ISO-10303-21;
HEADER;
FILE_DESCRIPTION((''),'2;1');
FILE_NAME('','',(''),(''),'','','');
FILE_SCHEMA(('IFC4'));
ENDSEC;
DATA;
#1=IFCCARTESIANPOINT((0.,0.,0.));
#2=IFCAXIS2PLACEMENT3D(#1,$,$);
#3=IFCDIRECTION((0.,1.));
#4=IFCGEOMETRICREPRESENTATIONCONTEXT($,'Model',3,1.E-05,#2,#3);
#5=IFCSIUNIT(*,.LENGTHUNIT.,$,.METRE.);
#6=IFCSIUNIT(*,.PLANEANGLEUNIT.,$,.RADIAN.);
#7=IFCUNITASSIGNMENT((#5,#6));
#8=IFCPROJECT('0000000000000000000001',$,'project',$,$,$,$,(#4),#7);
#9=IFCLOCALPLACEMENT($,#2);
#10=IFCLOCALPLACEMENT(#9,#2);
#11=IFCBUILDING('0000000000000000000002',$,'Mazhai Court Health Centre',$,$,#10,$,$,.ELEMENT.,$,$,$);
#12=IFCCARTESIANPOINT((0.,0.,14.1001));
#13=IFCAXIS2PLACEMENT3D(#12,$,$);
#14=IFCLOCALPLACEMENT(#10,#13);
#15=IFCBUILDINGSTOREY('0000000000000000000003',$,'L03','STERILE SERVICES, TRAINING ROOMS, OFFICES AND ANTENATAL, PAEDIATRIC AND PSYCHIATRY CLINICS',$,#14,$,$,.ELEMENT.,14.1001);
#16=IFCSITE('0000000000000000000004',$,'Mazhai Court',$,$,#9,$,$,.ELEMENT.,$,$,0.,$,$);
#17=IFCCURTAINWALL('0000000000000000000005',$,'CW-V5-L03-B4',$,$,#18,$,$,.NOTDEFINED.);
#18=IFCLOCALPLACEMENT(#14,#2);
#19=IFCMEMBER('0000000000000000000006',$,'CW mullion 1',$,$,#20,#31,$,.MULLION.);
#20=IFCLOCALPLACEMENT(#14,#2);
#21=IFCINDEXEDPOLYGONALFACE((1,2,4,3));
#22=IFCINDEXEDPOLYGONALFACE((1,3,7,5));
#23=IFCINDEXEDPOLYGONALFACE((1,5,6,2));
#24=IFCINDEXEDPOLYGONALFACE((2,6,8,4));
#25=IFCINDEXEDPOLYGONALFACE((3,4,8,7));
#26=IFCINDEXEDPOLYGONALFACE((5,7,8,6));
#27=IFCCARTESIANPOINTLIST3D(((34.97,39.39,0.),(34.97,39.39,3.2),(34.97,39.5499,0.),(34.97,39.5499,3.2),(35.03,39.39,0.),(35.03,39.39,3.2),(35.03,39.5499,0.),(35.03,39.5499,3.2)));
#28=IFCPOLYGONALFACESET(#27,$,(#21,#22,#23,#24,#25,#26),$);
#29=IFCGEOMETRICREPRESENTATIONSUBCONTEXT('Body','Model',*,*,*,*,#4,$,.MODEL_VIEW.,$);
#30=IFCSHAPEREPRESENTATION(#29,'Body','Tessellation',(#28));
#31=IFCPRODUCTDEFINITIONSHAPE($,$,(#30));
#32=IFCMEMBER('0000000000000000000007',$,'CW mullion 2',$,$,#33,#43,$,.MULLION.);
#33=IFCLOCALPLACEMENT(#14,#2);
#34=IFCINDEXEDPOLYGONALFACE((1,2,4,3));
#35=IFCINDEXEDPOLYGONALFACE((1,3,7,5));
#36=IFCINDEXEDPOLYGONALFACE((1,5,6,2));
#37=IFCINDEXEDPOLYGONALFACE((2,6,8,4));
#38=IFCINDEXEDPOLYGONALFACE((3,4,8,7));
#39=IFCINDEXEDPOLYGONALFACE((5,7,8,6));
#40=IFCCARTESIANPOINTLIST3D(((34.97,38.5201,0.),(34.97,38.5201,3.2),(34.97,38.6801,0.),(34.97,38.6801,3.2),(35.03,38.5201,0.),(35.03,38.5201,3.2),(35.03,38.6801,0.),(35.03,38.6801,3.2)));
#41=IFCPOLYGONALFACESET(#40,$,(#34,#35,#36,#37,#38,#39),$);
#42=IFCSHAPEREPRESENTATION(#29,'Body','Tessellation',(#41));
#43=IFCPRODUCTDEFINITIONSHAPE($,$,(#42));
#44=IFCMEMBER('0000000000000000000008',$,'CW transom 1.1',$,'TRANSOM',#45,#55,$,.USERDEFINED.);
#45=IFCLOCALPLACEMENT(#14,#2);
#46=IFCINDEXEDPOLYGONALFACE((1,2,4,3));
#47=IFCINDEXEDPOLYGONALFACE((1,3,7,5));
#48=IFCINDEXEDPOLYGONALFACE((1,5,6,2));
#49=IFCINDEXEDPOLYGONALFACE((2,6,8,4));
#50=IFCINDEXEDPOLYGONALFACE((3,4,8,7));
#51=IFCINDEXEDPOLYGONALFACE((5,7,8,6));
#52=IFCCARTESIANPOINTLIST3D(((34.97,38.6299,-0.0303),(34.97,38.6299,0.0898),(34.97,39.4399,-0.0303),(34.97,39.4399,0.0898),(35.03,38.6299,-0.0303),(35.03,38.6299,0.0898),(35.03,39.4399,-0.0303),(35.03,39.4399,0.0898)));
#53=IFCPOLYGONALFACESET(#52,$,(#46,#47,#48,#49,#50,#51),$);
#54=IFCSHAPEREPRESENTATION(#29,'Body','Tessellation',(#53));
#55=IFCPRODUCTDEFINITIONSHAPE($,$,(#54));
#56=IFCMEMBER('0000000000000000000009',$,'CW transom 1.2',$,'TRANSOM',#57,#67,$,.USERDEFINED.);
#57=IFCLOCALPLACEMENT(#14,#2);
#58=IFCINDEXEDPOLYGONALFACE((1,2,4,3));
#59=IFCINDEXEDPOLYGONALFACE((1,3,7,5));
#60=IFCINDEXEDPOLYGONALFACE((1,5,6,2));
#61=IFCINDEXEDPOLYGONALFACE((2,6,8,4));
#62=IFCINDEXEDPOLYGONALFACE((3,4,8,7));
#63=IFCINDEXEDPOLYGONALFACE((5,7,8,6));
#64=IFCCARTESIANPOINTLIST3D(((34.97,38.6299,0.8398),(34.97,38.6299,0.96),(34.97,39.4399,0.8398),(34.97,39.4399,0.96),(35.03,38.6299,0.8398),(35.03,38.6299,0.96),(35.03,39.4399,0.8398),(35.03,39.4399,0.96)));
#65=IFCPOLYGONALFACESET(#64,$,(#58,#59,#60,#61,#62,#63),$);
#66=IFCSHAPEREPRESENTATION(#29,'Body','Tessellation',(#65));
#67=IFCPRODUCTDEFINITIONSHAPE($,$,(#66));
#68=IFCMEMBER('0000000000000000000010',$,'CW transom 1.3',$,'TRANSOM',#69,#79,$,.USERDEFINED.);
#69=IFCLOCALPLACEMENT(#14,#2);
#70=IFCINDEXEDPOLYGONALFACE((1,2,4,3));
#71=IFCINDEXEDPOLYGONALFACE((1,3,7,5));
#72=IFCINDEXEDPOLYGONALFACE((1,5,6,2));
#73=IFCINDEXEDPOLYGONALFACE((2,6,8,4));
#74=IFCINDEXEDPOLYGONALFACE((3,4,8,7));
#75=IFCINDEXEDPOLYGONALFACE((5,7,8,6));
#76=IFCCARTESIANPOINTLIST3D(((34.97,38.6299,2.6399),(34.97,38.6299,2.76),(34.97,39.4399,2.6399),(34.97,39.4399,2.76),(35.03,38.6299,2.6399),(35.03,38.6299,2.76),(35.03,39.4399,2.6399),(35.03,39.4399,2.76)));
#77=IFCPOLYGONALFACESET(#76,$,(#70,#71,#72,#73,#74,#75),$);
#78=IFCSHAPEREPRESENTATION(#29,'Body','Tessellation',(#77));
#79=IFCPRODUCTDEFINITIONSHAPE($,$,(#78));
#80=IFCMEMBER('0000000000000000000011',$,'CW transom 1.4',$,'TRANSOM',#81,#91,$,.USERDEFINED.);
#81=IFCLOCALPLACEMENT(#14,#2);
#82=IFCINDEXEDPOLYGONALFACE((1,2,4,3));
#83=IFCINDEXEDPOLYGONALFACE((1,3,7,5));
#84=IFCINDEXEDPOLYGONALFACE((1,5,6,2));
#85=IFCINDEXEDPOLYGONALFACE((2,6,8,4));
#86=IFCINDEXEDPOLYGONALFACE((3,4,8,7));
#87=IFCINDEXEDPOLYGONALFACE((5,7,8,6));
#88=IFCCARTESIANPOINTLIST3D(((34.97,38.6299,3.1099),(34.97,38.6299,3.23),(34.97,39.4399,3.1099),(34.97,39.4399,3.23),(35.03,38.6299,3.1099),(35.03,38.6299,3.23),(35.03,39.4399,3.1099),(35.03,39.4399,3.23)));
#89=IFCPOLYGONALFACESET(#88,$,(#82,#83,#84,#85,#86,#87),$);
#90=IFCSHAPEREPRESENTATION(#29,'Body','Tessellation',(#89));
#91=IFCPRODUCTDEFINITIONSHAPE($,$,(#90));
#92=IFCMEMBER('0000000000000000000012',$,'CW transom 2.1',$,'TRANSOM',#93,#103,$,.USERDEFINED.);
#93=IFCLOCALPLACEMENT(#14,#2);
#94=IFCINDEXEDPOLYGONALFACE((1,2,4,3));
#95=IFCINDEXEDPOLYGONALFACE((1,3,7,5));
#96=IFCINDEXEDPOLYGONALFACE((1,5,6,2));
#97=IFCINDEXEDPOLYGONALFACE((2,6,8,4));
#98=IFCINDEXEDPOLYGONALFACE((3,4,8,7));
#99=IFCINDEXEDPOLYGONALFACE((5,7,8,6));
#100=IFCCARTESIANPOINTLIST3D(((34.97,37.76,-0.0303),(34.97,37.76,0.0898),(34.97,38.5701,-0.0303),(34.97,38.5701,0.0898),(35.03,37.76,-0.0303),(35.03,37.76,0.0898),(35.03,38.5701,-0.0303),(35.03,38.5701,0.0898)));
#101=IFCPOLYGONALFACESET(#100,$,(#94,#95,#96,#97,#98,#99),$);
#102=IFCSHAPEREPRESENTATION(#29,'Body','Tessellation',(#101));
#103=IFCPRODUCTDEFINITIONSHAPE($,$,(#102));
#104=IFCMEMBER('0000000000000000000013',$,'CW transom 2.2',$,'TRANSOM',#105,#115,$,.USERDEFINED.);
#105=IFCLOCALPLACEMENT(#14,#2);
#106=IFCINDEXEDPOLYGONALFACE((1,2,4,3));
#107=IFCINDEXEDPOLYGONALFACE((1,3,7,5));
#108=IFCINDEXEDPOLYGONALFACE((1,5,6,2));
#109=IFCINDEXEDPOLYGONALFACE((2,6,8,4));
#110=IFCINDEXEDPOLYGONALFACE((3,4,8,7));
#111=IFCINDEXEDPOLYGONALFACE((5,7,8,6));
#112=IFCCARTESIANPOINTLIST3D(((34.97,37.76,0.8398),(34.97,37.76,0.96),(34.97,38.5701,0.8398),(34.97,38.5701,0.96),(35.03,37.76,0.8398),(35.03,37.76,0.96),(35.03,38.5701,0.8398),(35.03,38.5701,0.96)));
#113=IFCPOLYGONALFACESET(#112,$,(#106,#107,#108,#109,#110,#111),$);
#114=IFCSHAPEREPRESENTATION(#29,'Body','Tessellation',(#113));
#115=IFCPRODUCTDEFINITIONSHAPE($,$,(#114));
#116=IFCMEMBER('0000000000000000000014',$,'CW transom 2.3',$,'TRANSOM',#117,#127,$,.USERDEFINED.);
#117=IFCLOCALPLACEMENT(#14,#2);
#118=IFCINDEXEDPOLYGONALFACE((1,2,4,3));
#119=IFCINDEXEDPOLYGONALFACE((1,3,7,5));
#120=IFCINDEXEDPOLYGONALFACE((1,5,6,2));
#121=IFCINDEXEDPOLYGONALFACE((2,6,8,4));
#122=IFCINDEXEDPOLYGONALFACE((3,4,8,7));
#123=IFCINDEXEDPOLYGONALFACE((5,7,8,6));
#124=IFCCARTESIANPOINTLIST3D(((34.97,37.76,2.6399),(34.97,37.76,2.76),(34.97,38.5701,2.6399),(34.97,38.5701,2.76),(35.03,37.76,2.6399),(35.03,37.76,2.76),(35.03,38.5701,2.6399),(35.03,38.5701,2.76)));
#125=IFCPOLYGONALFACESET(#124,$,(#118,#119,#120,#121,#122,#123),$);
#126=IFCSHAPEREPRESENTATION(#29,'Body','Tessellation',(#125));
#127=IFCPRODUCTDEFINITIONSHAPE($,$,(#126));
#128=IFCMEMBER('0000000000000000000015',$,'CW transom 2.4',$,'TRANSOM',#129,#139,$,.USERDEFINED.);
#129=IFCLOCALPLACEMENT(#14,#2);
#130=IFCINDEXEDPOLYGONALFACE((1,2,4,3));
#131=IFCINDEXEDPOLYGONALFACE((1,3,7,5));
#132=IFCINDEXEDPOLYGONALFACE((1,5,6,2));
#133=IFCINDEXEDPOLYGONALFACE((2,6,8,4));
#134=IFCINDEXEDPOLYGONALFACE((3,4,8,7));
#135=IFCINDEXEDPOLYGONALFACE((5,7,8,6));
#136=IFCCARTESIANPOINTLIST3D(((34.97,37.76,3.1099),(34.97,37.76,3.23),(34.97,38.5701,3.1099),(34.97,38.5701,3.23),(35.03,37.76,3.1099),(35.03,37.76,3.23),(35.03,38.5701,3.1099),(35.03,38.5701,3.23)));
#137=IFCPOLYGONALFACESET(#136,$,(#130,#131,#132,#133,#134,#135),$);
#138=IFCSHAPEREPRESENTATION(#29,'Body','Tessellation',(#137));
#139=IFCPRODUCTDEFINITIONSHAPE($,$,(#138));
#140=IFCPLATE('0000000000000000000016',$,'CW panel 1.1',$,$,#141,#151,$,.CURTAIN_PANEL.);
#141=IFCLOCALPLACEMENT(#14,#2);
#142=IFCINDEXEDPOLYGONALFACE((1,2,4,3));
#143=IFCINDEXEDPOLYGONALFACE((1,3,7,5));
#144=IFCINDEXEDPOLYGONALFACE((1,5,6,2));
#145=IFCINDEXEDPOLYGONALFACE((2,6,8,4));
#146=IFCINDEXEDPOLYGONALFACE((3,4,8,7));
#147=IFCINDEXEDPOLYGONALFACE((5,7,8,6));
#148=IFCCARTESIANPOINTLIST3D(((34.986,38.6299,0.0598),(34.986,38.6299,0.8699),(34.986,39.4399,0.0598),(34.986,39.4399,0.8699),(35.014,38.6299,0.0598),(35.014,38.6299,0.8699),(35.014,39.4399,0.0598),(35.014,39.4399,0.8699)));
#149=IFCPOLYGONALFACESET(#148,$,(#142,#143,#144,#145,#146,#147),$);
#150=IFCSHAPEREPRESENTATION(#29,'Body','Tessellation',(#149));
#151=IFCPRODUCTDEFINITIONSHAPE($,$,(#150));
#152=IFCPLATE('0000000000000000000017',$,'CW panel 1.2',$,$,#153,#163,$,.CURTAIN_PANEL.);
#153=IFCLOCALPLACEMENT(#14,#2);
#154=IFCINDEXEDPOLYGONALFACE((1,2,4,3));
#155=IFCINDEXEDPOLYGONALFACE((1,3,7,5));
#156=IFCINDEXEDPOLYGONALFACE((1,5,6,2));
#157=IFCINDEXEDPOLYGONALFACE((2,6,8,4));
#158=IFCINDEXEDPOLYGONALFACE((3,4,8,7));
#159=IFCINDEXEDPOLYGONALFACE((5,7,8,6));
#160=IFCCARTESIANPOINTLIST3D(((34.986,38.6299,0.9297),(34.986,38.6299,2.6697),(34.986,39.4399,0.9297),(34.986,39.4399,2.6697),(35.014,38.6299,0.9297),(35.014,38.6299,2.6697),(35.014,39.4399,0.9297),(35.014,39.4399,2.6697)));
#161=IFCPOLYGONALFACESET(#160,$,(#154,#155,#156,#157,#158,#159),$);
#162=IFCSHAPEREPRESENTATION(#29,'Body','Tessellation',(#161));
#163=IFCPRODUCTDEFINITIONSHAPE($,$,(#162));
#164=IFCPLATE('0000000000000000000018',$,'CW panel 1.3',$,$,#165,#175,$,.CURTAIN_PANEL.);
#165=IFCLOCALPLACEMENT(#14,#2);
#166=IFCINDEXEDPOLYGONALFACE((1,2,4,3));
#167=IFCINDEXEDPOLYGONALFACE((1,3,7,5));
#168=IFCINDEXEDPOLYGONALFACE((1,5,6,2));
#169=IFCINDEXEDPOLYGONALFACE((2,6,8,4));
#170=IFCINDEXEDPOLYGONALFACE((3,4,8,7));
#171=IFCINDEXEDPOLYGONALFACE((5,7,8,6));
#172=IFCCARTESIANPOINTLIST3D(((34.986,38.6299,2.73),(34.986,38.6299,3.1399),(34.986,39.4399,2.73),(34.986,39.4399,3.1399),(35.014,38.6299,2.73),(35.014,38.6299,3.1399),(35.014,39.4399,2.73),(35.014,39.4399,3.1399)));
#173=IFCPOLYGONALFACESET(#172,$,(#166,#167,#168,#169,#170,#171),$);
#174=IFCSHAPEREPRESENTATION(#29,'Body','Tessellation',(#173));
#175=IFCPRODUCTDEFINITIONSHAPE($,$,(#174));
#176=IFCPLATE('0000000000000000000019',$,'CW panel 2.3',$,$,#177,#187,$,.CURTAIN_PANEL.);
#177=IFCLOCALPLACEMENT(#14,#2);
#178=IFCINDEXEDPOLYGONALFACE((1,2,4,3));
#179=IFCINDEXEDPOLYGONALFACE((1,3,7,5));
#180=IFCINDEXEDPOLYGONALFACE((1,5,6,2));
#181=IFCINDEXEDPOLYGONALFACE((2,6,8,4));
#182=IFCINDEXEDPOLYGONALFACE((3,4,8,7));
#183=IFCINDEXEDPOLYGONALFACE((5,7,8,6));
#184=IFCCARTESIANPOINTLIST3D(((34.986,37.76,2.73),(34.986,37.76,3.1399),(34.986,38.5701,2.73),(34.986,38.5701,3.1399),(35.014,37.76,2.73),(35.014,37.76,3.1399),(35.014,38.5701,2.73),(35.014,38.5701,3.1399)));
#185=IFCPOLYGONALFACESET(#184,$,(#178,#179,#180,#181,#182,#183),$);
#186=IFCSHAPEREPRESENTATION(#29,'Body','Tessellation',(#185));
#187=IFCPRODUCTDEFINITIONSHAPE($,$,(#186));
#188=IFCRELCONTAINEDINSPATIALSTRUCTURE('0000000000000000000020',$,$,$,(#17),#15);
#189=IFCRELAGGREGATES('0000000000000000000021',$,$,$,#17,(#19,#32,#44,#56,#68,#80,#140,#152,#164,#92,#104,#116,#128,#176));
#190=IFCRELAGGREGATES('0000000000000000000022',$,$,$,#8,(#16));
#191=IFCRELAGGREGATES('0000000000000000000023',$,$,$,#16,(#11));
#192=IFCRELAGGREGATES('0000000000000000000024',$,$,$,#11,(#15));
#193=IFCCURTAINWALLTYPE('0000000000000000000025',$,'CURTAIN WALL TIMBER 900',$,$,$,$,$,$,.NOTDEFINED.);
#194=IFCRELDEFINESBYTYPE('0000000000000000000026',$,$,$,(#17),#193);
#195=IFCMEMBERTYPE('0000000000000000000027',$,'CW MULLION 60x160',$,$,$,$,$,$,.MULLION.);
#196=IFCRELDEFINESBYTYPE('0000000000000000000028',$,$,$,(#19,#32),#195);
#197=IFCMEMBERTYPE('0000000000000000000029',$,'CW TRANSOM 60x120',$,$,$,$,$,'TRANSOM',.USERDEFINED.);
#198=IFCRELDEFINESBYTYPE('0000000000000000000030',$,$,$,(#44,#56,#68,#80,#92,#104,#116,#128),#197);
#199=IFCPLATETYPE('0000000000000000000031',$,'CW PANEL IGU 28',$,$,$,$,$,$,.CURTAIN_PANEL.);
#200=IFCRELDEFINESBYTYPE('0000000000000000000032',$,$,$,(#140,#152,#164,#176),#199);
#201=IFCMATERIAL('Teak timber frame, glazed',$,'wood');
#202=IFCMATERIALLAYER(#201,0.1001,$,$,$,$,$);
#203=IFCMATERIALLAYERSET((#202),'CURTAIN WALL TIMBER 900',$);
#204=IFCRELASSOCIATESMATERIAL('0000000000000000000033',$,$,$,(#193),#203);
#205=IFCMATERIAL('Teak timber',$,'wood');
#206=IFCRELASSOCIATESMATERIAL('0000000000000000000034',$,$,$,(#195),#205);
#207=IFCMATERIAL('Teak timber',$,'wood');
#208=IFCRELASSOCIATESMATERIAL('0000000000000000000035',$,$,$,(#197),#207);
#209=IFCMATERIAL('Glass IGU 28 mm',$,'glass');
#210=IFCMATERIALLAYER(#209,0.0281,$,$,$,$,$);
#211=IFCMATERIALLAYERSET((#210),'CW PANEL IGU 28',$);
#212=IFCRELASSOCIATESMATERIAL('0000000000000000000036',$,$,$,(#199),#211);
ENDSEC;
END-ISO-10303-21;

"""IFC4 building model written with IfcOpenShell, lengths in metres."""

from ifc_helpers import new_model, si_unit, direction, frame, origin, origin_2d, place, context, subcontext, project, spatial, rectangle, extrude, material, layer, layer_set, material_profile, profile_set, type_object, element, aggregate, save


model = new_model("IFC4")

# Units and contexts
model_context = context("Model", 3, precision=1e-05, world=origin(), true_north=direction((0.0, 1.0)))
body_context = subcontext(model_context, "Body", "Model", "MODEL_VIEW")
ifc_project = project(units=[si_unit("LENGTHUNIT", "METRE"), si_unit("PLANEANGLEUNIT", "RADIAN")], contexts=[model_context])

# Site, building, storey
site_placement = place(None, origin())
site = spatial("IfcSite", under=ifc_project, at=site_placement, Name="Mazhai Court", CompositionType="ELEMENT", RefElevation=0.0)
building_placement = place(site_placement, origin())
building = spatial("IfcBuilding", under=site, at=building_placement, Name="Mazhai Court Health Centre", CompositionType="ELEMENT")
storey_placement = place(building_placement, frame((0.0, 0.0, 14.1001)))
storey = spatial("IfcBuildingStorey", under=building, at=storey_placement, Name="L03", Description="STERILE SERVICES, TRAINING ROOMS, OFFICES AND ANTENATAL, PAEDIATRIC AND PSYCHIATRY CLINICS", CompositionType="ELEMENT", Elevation=14.1001)

# Curtain wall, members, plates
ifc_material_1 = material(Name="Teak timber frame, glazed", Category="wood")
ifc_layer_1 = layer(ifc_material_1, 0.1001)
ifc_layer_set_1 = layer_set([ifc_layer_1], Name="CURTAIN WALL TIMBER 900")
curtain_wall_type = type_object("IfcCurtainWallType", Name="CURTAIN WALL TIMBER 900", PredefinedType="NOTDEFINED", material=ifc_layer_set_1)
curtain_wall_placement = place(storey_placement, origin())
curtain_wall = element("IfcCurtainWall", 1, at=curtain_wall_placement, inside=storey, type_object=curtain_wall_type, Name="CW-V5-L03-B4", PredefinedType="NOTDEFINED")
ifc_material_2 = material(Name="Teak timber", Category="wood")
ifc_material_profile_1 = material_profile(ifc_material_2, rectangle(XDim=0.0601, YDim=0.1599, at=origin_2d()), Name="CW MULLION 60x160")
ifc_profile_set_1 = profile_set([ifc_material_profile_1], Name="Teak timber")
member_type_1 = type_object("IfcMemberType", Name="CW MULLION 60x160", PredefinedType="MULLION", material=ifc_profile_set_1)
member_1_placement = place(storey_placement, frame((35.0, 39.47, 0.0), z_axis=(0.0, 0.0, 1.0), x_axis=(1.0, 0.0, 0.0)))
member_1 = element("IfcMember", 2, at=member_1_placement, type_object=member_type_1, Name="CW mullion 1", PredefinedType="MULLION", context=body_context, shape_type="SweptSolid", body=[
    extrude(rectangle(XDim=0.0601, YDim=0.1599, at=origin_2d()), origin(), (0.0, 0.0, 1.0), 3.2),
])
member_2_placement = place(storey_placement, frame((35.0, 38.6001, 0.0), z_axis=(0.0, 0.0, 1.0), x_axis=(1.0, 0.0, 0.0)))
member_2 = element("IfcMember", 3, at=member_2_placement, type_object=member_type_1, Name="CW mullion 2", PredefinedType="MULLION", context=body_context, shape_type="SweptSolid", body=[
    extrude(rectangle(XDim=0.0601, YDim=0.1599, at=origin_2d()), origin(), (0.0, 0.0, 1.0), 3.2),
])
ifc_material_3 = material(Name="Teak timber", Category="wood")
ifc_material_profile_2 = material_profile(ifc_material_3, rectangle(XDim=0.0601, YDim=0.1201, at=origin_2d()), Name="CW TRANSOM 60x120")
ifc_profile_set_2 = profile_set([ifc_material_profile_2], Name="Teak timber")
member_type_2 = type_object("IfcMemberType", Name="CW TRANSOM 60x120", ElementType="TRANSOM", PredefinedType="USERDEFINED", material=ifc_profile_set_2)
member_3_placement = place(storey_placement, frame((35.0, 39.4399, 0.0298), z_axis=(0.0, -1.0, 0.0), x_axis=(1.0, 0.0, 0.0)))
member_3 = element("IfcMember", 4, at=member_3_placement, type_object=member_type_2, Name="CW transom 1.1", ObjectType="TRANSOM", PredefinedType="USERDEFINED", context=body_context, shape_type="SweptSolid", body=[
    extrude(rectangle(XDim=0.0601, YDim=0.1201, at=origin_2d()), origin(), (0.0, 0.0, 1.0), 0.8101),
])
member_4_placement = place(storey_placement, frame((35.0, 39.4399, 0.8999), z_axis=(0.0, -1.0, 0.0), x_axis=(1.0, 0.0, 0.0)))
member_4 = element("IfcMember", 5, at=member_4_placement, type_object=member_type_2, Name="CW transom 1.2", ObjectType="TRANSOM", PredefinedType="USERDEFINED", context=body_context, shape_type="SweptSolid", body=[
    extrude(rectangle(XDim=0.0601, YDim=0.1201, at=origin_2d()), origin(), (0.0, 0.0, 1.0), 0.8101),
])
member_5_placement = place(storey_placement, frame((35.0, 39.4399, 2.7), z_axis=(0.0, -1.0, 0.0), x_axis=(1.0, 0.0, 0.0)))
member_5 = element("IfcMember", 6, at=member_5_placement, type_object=member_type_2, Name="CW transom 1.3", ObjectType="TRANSOM", PredefinedType="USERDEFINED", context=body_context, shape_type="SweptSolid", body=[
    extrude(rectangle(XDim=0.0601, YDim=0.1201, at=origin_2d()), origin(), (0.0, 0.0, 1.0), 0.8101),
])
member_6_placement = place(storey_placement, frame((35.0, 39.4399, 3.1699), z_axis=(0.0, -1.0, 0.0), x_axis=(1.0, 0.0, 0.0)))
member_6 = element("IfcMember", 7, at=member_6_placement, type_object=member_type_2, Name="CW transom 1.4", ObjectType="TRANSOM", PredefinedType="USERDEFINED", context=body_context, shape_type="SweptSolid", body=[
    extrude(rectangle(XDim=0.0601, YDim=0.1201, at=origin_2d()), origin(), (0.0, 0.0, 1.0), 0.8101),
])
member_7_placement = place(storey_placement, frame((35.0, 38.5701, 0.0298), z_axis=(0.0, -1.0, 0.0), x_axis=(1.0, 0.0, 0.0)))
member_7 = element("IfcMember", 8, at=member_7_placement, type_object=member_type_2, Name="CW transom 2.1", ObjectType="TRANSOM", PredefinedType="USERDEFINED", context=body_context, shape_type="SweptSolid", body=[
    extrude(rectangle(XDim=0.0601, YDim=0.1201, at=origin_2d()), origin(), (0.0, 0.0, 1.0), 0.8101),
])
member_8_placement = place(storey_placement, frame((35.0, 38.5701, 0.8999), z_axis=(0.0, -1.0, 0.0), x_axis=(1.0, 0.0, 0.0)))
member_8 = element("IfcMember", 9, at=member_8_placement, type_object=member_type_2, Name="CW transom 2.2", ObjectType="TRANSOM", PredefinedType="USERDEFINED", context=body_context, shape_type="SweptSolid", body=[
    extrude(rectangle(XDim=0.0601, YDim=0.1201, at=origin_2d()), origin(), (0.0, 0.0, 1.0), 0.8101),
])
member_9_placement = place(storey_placement, frame((35.0, 38.5701, 2.7), z_axis=(0.0, -1.0, 0.0), x_axis=(1.0, 0.0, 0.0)))
member_9 = element("IfcMember", 10, at=member_9_placement, type_object=member_type_2, Name="CW transom 2.3", ObjectType="TRANSOM", PredefinedType="USERDEFINED", context=body_context, shape_type="SweptSolid", body=[
    extrude(rectangle(XDim=0.0601, YDim=0.1201, at=origin_2d()), origin(), (0.0, 0.0, 1.0), 0.8101),
])
member_10_placement = place(storey_placement, frame((35.0, 38.5701, 3.1699), z_axis=(0.0, -1.0, 0.0), x_axis=(1.0, 0.0, 0.0)))
member_10 = element("IfcMember", 11, at=member_10_placement, type_object=member_type_2, Name="CW transom 2.4", ObjectType="TRANSOM", PredefinedType="USERDEFINED", context=body_context, shape_type="SweptSolid", body=[
    extrude(rectangle(XDim=0.0601, YDim=0.1201, at=origin_2d()), origin(), (0.0, 0.0, 1.0), 0.8101),
])
ifc_material_4 = material(Name="Glass IGU 28 mm", Category="glass")
ifc_layer_2 = layer(ifc_material_4, 0.0281)
ifc_layer_set_2 = layer_set([ifc_layer_2], Name="CW PANEL IGU 28")
plate_type = type_object("IfcPlateType", Name="CW PANEL IGU 28", PredefinedType="CURTAIN_PANEL", material=ifc_layer_set_2)
plate_1_placement = place(storey_placement, frame((35.0, 39.0349, 0.0598), z_axis=(0.0, 0.0, 1.0), x_axis=(0.0, -1.0, 0.0)))
plate_1 = element("IfcPlate", 12, at=plate_1_placement, type_object=plate_type, Name="CW panel 1.1", PredefinedType="CURTAIN_PANEL", context=body_context, shape_type="SweptSolid", body=[
    extrude(rectangle(XDim=0.8101, YDim=0.0281, at=origin_2d()), origin(), (0.0, 0.0, 1.0), 0.8101),
])
plate_2_placement = place(storey_placement, frame((35.0, 39.0349, 0.9297), z_axis=(0.0, 0.0, 1.0), x_axis=(0.0, -1.0, 0.0)))
plate_2 = element("IfcPlate", 13, at=plate_2_placement, type_object=plate_type, Name="CW panel 1.2", PredefinedType="CURTAIN_PANEL", context=body_context, shape_type="SweptSolid", body=[
    extrude(rectangle(XDim=0.8101, YDim=0.0281, at=origin_2d()), origin(), (0.0, 0.0, 1.0), 1.74),
])
plate_3_placement = place(storey_placement, frame((35.0, 39.0349, 2.73), z_axis=(0.0, 0.0, 1.0), x_axis=(0.0, -1.0, 0.0)))
plate_3 = element("IfcPlate", 14, at=plate_3_placement, type_object=plate_type, Name="CW panel 1.3", PredefinedType="CURTAIN_PANEL", context=body_context, shape_type="SweptSolid", body=[
    extrude(rectangle(XDim=0.8101, YDim=0.0281, at=origin_2d()), origin(), (0.0, 0.0, 1.0), 0.4099),
])
plate_4_placement = place(storey_placement, frame((35.0, 38.165, 2.73), z_axis=(0.0, 0.0, 1.0), x_axis=(0.0, -1.0, 0.0)))
plate_4 = element("IfcPlate", 15, at=plate_4_placement, type_object=plate_type, Name="CW panel 2.3", PredefinedType="CURTAIN_PANEL", context=body_context, shape_type="SweptSolid", body=[
    extrude(rectangle(XDim=0.8101, YDim=0.0281, at=origin_2d()), origin(), (0.0, 0.0, 1.0), 0.4099),
])
aggregate(curtain_wall, [member_1, member_2, member_3, member_4, member_5, member_6, plate_1, plate_2, plate_3, member_7, member_8, member_9, member_10, plate_4])

save(model, "model.ifc")
